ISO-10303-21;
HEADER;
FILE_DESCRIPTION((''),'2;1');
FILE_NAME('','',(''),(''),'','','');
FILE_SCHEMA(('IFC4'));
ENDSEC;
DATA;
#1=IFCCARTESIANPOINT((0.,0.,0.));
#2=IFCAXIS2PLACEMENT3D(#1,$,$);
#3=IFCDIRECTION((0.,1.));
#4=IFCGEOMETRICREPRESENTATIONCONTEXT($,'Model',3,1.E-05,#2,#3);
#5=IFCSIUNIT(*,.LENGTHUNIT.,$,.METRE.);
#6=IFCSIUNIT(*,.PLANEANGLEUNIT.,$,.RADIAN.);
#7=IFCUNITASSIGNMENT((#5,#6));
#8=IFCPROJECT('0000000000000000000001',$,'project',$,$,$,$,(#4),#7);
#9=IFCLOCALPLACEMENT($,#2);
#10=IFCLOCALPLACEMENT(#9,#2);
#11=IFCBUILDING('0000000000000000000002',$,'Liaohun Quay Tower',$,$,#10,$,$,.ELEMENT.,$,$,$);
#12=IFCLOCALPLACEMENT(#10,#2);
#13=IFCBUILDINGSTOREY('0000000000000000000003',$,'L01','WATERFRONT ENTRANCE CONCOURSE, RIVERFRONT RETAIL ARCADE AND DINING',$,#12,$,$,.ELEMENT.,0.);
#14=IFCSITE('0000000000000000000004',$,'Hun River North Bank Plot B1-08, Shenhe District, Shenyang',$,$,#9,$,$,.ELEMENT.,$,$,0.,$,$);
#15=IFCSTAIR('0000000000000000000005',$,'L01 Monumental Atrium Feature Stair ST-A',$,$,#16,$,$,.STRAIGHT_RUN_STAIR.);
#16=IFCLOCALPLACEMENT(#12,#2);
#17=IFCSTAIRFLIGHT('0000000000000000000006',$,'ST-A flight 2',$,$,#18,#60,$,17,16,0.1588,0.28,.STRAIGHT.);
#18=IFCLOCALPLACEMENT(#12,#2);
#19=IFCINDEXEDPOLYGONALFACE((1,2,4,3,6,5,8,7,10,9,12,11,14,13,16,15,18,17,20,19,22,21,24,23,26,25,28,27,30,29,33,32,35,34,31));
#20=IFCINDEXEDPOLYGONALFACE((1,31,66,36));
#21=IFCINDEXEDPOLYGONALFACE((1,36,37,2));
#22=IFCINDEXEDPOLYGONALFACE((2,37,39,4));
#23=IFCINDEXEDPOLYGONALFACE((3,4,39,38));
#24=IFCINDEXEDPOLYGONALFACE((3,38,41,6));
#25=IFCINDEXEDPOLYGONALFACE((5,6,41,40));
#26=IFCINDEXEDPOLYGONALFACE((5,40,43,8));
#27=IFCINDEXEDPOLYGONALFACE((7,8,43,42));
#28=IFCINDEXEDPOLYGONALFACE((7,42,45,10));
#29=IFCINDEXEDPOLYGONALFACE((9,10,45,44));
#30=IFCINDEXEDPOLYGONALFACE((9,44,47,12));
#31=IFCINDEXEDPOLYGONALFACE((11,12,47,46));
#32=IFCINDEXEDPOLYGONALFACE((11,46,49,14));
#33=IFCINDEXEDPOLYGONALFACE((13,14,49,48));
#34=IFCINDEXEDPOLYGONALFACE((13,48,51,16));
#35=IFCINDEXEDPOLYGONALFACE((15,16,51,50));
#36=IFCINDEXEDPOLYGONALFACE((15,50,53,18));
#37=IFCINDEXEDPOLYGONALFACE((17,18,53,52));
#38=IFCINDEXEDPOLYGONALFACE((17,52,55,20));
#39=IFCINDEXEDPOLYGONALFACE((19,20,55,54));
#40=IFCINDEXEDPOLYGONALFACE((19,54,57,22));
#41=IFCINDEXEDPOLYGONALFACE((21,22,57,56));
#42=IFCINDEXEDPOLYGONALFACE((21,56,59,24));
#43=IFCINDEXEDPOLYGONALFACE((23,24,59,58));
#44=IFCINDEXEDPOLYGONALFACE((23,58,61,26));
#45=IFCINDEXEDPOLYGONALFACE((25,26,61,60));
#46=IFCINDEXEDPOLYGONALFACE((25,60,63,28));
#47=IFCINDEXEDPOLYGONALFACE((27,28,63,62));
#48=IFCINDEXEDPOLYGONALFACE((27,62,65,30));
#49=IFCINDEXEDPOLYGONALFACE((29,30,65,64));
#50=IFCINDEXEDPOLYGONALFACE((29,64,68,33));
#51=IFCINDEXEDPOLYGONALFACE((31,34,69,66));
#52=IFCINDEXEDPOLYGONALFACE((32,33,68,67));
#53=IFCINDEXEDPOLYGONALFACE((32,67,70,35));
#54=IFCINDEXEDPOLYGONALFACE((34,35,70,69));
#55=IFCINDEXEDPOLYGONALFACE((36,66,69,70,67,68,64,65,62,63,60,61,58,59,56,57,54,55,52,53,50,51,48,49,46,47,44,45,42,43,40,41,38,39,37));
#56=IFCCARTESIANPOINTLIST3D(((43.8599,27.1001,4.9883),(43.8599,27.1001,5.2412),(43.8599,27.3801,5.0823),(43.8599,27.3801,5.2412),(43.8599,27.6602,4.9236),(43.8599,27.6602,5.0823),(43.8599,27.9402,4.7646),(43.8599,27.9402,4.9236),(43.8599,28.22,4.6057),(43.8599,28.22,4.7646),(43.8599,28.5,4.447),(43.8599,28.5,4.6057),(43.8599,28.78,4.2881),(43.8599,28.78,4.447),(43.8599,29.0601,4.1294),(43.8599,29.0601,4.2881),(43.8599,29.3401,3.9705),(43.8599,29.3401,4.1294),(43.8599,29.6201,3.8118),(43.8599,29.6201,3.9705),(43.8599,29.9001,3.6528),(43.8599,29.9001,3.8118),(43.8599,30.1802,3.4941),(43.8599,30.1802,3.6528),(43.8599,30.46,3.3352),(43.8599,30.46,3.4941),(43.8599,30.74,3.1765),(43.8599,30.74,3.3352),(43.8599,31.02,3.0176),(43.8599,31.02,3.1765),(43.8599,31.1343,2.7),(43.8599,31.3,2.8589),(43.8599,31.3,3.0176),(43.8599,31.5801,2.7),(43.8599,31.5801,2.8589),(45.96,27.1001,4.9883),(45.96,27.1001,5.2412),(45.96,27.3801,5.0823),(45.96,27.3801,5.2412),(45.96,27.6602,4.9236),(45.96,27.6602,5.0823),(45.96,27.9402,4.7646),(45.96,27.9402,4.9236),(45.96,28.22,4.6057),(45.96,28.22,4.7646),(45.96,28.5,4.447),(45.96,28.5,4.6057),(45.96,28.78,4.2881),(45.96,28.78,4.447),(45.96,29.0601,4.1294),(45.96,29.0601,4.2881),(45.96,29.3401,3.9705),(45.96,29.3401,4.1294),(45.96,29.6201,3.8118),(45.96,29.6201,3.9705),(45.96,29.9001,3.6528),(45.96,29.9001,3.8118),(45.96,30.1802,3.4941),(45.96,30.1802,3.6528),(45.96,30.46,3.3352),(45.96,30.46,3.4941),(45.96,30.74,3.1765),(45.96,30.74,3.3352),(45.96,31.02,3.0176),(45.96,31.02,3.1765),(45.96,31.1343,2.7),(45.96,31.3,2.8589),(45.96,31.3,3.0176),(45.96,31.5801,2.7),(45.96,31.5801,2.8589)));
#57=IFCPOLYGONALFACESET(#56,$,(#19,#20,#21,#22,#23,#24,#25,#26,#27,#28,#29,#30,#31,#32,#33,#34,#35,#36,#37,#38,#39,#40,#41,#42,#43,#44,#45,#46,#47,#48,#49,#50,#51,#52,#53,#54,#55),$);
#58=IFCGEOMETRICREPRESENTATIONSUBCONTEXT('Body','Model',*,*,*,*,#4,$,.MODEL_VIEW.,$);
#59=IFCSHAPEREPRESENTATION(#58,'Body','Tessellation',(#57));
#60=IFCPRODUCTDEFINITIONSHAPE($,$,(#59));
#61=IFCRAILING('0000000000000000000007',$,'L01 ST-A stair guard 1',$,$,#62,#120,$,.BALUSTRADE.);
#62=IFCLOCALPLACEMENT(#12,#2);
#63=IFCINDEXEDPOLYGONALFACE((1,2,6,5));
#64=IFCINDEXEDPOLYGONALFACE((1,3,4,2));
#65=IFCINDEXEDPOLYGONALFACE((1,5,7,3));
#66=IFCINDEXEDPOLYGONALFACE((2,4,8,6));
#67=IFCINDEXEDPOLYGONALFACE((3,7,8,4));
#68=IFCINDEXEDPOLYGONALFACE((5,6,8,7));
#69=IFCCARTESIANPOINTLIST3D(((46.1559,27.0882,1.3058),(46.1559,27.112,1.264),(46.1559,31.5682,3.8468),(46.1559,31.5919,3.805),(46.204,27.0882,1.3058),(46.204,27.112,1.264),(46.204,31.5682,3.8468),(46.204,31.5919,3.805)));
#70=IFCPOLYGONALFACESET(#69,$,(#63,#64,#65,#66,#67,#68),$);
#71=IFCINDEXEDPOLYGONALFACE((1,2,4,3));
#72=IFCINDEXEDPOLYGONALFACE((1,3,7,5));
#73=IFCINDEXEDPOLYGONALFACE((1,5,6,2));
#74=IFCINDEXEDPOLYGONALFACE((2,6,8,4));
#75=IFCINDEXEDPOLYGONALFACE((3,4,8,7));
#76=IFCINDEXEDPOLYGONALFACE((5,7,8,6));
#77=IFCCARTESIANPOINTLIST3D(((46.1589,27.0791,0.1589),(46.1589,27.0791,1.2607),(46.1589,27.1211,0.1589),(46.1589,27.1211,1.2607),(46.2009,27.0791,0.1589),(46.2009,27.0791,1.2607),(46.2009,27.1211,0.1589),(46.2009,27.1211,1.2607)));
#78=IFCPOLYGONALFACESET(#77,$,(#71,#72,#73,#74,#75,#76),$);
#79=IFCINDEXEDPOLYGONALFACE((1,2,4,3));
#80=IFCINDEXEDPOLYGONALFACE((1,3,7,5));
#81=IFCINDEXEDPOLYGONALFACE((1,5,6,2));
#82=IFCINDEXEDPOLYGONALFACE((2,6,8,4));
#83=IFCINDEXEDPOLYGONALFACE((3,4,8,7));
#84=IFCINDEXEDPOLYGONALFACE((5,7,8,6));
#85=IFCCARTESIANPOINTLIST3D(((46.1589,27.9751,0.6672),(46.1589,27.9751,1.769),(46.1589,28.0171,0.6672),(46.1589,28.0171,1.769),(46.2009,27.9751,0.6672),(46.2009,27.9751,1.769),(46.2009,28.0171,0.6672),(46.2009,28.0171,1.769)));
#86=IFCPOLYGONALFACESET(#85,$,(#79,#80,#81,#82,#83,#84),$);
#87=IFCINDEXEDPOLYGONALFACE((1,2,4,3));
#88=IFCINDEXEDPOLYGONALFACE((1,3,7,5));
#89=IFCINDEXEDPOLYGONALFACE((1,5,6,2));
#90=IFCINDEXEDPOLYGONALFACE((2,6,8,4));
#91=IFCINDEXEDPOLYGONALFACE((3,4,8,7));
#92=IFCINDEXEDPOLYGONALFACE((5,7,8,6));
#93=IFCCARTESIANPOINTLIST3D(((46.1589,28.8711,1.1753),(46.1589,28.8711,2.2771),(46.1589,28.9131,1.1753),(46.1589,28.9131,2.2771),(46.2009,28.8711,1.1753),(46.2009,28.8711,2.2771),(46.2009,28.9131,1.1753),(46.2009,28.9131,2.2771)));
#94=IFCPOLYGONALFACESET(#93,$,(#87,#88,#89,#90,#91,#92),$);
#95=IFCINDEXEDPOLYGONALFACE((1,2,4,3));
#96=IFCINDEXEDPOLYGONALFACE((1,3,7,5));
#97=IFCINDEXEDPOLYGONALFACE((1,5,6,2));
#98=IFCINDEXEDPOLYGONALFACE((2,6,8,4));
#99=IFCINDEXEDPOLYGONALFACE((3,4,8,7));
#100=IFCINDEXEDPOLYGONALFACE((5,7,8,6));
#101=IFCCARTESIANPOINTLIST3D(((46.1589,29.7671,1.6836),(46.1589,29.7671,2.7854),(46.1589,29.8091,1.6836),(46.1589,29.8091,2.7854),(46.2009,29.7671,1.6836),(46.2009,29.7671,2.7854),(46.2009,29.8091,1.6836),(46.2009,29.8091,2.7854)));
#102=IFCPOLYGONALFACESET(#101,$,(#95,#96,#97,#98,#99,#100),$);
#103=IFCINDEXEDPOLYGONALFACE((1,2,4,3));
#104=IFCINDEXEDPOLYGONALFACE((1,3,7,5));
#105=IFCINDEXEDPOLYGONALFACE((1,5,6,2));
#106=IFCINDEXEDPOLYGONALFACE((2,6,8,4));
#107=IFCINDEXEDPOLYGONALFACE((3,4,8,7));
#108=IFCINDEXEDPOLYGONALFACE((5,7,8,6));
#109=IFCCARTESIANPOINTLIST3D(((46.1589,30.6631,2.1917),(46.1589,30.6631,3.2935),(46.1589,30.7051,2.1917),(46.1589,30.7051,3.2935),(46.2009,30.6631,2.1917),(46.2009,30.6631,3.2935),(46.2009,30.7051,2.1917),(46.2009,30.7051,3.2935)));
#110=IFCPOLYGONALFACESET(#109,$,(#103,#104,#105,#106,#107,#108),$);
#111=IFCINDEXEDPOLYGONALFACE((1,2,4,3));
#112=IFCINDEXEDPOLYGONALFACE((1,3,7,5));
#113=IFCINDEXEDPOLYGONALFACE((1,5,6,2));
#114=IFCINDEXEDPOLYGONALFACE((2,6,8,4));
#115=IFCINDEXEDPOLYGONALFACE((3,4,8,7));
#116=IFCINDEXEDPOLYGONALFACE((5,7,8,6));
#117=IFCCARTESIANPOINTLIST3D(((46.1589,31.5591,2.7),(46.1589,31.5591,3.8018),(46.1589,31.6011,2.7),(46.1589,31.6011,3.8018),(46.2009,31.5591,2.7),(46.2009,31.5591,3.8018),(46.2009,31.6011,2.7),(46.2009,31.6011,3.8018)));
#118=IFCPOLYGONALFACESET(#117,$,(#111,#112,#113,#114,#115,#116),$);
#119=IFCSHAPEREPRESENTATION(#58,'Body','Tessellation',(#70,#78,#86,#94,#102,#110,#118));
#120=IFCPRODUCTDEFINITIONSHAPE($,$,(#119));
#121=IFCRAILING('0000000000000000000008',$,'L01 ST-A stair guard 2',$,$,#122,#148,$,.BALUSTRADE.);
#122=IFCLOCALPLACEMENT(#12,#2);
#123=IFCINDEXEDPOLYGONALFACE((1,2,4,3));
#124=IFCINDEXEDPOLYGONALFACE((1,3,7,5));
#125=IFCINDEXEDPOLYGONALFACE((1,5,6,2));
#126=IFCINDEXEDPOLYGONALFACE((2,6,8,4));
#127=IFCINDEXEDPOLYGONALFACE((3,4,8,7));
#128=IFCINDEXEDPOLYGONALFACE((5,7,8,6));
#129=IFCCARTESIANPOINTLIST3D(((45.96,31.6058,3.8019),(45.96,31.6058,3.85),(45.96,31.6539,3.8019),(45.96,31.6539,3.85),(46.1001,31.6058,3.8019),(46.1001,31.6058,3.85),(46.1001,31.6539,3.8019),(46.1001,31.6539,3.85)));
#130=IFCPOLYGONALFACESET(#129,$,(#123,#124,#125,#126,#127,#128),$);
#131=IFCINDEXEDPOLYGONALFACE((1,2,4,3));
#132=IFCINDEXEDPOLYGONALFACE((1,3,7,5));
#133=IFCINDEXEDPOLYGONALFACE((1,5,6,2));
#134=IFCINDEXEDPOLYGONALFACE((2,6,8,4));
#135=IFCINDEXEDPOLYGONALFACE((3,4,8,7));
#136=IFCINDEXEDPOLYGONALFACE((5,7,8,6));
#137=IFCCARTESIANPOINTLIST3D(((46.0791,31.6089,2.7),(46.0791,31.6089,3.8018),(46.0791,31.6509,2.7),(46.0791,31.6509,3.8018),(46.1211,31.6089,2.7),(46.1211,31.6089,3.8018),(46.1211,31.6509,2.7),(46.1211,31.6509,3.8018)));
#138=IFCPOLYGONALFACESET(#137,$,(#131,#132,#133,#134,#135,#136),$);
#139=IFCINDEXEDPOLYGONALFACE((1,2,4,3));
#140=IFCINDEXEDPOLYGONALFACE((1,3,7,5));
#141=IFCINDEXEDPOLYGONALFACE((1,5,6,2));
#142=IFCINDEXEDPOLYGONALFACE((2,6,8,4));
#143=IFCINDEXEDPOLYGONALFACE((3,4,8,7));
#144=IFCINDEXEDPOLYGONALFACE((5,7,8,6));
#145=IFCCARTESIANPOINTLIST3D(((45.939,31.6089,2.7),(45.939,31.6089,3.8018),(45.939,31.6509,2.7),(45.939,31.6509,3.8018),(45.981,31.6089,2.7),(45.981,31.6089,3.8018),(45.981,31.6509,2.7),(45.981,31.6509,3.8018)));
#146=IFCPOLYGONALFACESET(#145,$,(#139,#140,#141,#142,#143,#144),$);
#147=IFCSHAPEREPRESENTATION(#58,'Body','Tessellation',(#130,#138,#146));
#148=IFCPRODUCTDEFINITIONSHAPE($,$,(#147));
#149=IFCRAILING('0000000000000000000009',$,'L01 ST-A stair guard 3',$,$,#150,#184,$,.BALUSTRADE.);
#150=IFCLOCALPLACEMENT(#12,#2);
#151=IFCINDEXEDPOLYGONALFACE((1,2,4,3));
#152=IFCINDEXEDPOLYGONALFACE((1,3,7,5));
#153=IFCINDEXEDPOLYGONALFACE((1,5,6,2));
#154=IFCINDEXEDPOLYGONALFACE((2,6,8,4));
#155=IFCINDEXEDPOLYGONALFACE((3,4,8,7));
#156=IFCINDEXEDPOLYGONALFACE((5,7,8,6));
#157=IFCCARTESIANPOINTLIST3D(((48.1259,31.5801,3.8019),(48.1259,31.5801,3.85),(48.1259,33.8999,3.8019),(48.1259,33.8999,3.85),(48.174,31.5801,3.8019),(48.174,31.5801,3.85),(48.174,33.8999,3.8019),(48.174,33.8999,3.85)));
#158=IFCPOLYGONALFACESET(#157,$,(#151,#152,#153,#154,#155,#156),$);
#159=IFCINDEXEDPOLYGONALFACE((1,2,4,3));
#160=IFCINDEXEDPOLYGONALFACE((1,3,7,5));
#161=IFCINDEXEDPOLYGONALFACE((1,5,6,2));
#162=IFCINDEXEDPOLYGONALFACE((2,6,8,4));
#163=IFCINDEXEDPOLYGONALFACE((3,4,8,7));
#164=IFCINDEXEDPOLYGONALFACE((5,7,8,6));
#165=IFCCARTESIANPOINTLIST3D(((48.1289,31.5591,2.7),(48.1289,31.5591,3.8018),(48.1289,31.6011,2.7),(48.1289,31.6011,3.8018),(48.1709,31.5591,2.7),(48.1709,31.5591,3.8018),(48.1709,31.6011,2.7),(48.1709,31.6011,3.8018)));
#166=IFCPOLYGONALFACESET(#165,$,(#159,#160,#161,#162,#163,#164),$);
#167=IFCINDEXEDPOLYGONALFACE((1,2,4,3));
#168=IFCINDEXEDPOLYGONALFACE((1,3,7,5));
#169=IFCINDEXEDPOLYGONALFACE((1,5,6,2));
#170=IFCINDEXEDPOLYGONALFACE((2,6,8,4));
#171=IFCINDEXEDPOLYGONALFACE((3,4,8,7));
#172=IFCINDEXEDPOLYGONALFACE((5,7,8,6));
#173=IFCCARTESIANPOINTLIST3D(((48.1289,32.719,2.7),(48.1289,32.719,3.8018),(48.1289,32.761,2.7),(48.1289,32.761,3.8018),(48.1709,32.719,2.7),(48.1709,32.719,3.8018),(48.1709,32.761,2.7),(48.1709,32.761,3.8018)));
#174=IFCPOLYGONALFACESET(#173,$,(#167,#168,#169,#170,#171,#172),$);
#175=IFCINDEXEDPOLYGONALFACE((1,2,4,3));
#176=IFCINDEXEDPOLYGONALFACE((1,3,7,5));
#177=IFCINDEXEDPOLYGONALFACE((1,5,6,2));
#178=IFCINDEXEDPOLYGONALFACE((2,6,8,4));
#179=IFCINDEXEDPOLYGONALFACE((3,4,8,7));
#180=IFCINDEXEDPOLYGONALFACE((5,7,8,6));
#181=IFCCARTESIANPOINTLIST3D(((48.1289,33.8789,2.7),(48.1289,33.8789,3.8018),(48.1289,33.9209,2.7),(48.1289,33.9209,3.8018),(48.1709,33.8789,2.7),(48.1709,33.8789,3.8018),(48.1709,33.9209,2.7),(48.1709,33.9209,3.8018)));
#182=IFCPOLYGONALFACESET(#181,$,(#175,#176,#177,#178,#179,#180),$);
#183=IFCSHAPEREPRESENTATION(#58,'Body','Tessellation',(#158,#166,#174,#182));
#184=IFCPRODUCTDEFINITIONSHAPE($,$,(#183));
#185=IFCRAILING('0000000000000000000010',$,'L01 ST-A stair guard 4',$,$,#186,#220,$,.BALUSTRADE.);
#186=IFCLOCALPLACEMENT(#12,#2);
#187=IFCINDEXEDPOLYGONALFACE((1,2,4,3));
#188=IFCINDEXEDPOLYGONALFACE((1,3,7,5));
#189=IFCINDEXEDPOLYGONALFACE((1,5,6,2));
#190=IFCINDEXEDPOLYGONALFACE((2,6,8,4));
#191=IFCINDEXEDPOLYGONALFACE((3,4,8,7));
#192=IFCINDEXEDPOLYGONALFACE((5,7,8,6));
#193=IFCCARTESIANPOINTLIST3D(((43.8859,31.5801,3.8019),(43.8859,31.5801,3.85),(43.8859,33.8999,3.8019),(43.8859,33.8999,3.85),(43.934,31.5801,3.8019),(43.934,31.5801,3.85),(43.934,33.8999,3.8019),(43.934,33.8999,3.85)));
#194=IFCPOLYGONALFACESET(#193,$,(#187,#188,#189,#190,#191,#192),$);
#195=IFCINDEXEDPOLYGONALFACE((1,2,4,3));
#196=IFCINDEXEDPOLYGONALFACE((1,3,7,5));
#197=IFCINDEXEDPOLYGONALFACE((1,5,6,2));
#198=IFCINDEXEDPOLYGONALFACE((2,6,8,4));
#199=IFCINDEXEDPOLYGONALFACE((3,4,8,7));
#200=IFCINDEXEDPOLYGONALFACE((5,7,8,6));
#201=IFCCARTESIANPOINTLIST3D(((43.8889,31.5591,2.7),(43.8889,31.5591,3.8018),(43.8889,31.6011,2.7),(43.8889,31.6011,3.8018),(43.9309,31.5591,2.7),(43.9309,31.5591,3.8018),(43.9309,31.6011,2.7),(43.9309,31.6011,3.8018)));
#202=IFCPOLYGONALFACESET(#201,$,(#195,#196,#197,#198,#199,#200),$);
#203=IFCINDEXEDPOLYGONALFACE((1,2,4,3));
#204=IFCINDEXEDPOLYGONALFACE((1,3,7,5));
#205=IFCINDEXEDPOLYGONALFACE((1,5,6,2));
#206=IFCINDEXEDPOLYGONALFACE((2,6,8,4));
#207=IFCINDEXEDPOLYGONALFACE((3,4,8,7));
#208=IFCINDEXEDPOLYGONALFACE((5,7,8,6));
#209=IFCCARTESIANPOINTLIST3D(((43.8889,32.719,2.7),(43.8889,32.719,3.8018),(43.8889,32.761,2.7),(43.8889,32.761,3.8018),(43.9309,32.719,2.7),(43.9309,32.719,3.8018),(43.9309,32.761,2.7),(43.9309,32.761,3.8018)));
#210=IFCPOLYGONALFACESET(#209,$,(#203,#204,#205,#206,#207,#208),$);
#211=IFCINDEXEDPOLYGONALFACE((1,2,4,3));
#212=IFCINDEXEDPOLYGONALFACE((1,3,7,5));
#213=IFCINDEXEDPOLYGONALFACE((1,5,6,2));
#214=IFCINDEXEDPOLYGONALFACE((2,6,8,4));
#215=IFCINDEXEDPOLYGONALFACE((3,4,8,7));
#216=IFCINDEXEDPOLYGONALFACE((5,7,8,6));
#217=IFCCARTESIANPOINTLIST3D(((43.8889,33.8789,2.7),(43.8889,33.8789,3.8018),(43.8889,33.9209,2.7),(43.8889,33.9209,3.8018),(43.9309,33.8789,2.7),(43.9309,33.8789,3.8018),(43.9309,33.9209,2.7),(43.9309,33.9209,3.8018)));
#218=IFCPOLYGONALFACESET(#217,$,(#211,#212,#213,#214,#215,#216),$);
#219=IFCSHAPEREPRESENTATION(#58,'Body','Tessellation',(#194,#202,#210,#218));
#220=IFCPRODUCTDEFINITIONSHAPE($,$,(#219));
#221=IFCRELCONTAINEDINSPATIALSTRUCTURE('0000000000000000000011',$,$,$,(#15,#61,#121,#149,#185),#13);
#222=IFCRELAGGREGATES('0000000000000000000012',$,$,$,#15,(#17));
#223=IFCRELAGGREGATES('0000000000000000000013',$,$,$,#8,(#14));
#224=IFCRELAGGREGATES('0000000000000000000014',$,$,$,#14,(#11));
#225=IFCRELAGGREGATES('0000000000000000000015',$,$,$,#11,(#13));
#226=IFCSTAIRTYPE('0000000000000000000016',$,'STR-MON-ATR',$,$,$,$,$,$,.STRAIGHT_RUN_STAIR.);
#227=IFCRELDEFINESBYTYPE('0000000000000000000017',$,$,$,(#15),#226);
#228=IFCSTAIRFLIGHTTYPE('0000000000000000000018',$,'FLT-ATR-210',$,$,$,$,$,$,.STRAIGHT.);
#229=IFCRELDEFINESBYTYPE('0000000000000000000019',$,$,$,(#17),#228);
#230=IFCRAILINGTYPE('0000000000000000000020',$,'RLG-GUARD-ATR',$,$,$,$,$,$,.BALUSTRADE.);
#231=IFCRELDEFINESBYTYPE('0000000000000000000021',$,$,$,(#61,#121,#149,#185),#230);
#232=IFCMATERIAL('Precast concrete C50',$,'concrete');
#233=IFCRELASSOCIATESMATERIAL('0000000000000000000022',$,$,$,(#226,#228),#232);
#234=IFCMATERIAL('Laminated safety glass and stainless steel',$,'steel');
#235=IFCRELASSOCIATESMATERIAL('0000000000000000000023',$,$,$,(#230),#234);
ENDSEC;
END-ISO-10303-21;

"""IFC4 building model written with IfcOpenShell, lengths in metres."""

from ifc_helpers import new_model, si_unit, direction, frame, origin, origin_2d, place, context, subcontext, project, spatial, polyline, rectangle, outline, extrude, material, type_object, element, aggregate, save


model = new_model("IFC4")

# Units and contexts
model_context = context("Model", 3, precision=1e-05, world=origin(), true_north=direction((0.0, 1.0)))
body_context = subcontext(model_context, "Body", "Model", "MODEL_VIEW")
ifc_project = project(units=[si_unit("LENGTHUNIT", "METRE"), si_unit("PLANEANGLEUNIT", "RADIAN")], contexts=[model_context])

# Site, building, storey
site_placement = place(None, origin())
site = spatial("IfcSite", under=ifc_project, at=site_placement, Name="Hun River North Bank Plot B1-08, Shenhe District, Shenyang", CompositionType="ELEMENT", RefElevation=0.0)
building_placement = place(site_placement, origin())
building = spatial("IfcBuilding", under=site, at=building_placement, Name="Liaohun Quay Tower", CompositionType="ELEMENT")
storey_placement = place(building_placement, origin())
storey = spatial("IfcBuildingStorey", under=building, at=storey_placement, Name="L01", Description="WATERFRONT ENTRANCE CONCOURSE, RIVERFRONT RETAIL ARCADE AND DINING", CompositionType="ELEMENT", Elevation=0.0)

# Stair, stair flight
ifc_material_1 = material(Name="Precast concrete C50", Category="concrete")
stair_type = type_object("IfcStairType", Name="STR-MON-ATR", PredefinedType="STRAIGHT_RUN_STAIR", material=ifc_material_1)
stair_placement = place(storey_placement, origin())
stair = element("IfcStair", 1, at=stair_placement, inside=storey, type_object=stair_type, Name="L01 Monumental Atrium Feature Stair ST-A", PredefinedType="STRAIGHT_RUN_STAIR")
stair_flight_type = type_object("IfcStairFlightType", Name="FLT-ATR-210", PredefinedType="STRAIGHT", material=ifc_material_1)
stair_flight_1_placement = place(storey_placement, frame((44.9099, 31.5801, 2.7), z_axis=(0.0, 0.0, 1.0), x_axis=(0.0, -1.0, 0.0)))
stair_flight_1 = element("IfcStairFlight", 2, at=stair_flight_1_placement, type_object=stair_flight_type, Name="ST-A flight 2", NumberOfRisers=17, NumberOfTreads=16, PredefinedType="STRAIGHT", RiserHeight=0.1588, TreadLength=0.28, context=body_context, shape_type="SweptSolid", body=[
    extrude(outline(polyline([(0.0, 0.0), (0.0, 0.1589), (0.28, 0.1589), (0.28, 0.3176), (0.5601, 0.3176), (0.5601, 0.4766), (0.8401, 0.4766), (0.8401, 0.6353), (1.1201, 0.6353), (1.1201, 0.7942), (1.3999, 0.7942), (1.3999, 0.9529), (1.6799, 0.9529), (1.6799, 1.1118), (1.96, 1.1118), (1.96, 1.2705), (2.24, 1.2705), (2.24, 1.4294), (2.52, 1.4294), (2.52, 1.5881), (2.8, 1.5881), (2.8, 1.7471), (3.0801, 1.7471), (3.0801, 1.9058), (3.3601, 1.9058), (3.3601, 2.0647), (3.6399, 2.0647), (3.6399, 2.2236), (3.9199, 2.2236), (3.9199, 2.3823), (4.2, 2.3823), (4.2, 2.5413), (4.48, 2.5413), (4.48, 2.7), (4.48, 2.2883), (0.4458, 0.0), (0.0, 0.0)])), frame((0.0, 1.05, 0.0), z_axis=(0.0, -1.0, 0.0), x_axis=(1.0, 0.0, 0.0)), (0.0, 0.0, 1.0), 2.1001),
])
aggregate(stair, [stair_flight_1])

# Railings
ifc_material_2 = material(Name="Laminated safety glass and stainless steel", Category="steel")
railing_type_1 = type_object("IfcRailingType", Name="RLG-GUARD-ATR", PredefinedType="BALUSTRADE", material=ifc_material_2)
railing_1_placement = place(storey_placement, frame((46.1799, 27.1001, 0.1589)))
element("IfcRailing", 3, at=railing_1_placement, inside=storey, type_object=railing_type_1, Name="L01 ST-A stair guard 1", PredefinedType="BALUSTRADE", context=body_context, shape_type="SweptSolid", body=[
    extrude(rectangle(XDim=0.0481, YDim=0.0481, at=origin_2d()), frame((0.0, 0.0, 1.126), z_axis=(0.0, 0.869826, 0.493359), x_axis=(-1.0, 0.0, 0.0)), (0.0, 0.0, 1.0), 5.1504),
    extrude(rectangle(XDim=0.042, YDim=0.042, at=origin_2d()), origin(), (0.0, 0.0, 1.0), 1.1018),
    extrude(rectangle(XDim=0.042, YDim=0.042, at=origin_2d()), frame((0.0, 0.896, 0.5083)), (0.0, 0.0, 1.0), 1.1018),
    extrude(rectangle(XDim=0.042, YDim=0.042, at=origin_2d()), frame((0.0, 1.792, 1.0164)), (0.0, 0.0, 1.0), 1.1018),
    extrude(rectangle(XDim=0.042, YDim=0.042, at=origin_2d()), frame((0.0, 2.688, 1.5247)), (0.0, 0.0, 1.0), 1.1018),
    extrude(rectangle(XDim=0.042, YDim=0.042, at=origin_2d()), frame((0.0, 3.584, 2.0327)), (0.0, 0.0, 1.0), 1.1018),
    extrude(rectangle(XDim=0.042, YDim=0.042, at=origin_2d()), frame((0.0, 4.48, 2.541)), (0.0, 0.0, 1.0), 1.1018),
])
railing_2_placement = place(storey_placement, frame((46.1001, 31.6299, 2.7)))
element("IfcRailing", 4, at=railing_2_placement, inside=storey, type_object=railing_type_1, Name="L01 ST-A stair guard 2", PredefinedType="BALUSTRADE", context=body_context, shape_type="SweptSolid", body=[
    extrude(rectangle(XDim=0.0481, YDim=0.0481, at=origin_2d()), frame((0.0, 0.0, 1.126), z_axis=(-1.0, 0.0, 0.0), x_axis=(0.0, -1.0, 0.0)), (0.0, 0.0, 1.0), 0.1401),
    extrude(rectangle(XDim=0.042, YDim=0.042, at=origin_2d()), origin(), (0.0, 0.0, 1.0), 1.1018),
    extrude(rectangle(XDim=0.042, YDim=0.042, at=origin_2d()), frame((-0.1401, 0.0, 0.0)), (0.0, 0.0, 1.0), 1.1018),
])
for number, where, name in (
    (5, (48.1499, 31.5801, 2.7), "L01 ST-A stair guard 3"),
    (6, (43.9099, 31.5801, 2.7), "L01 ST-A stair guard 4"),
):
    element("IfcRailing", number, at=place(storey_placement, frame(where)), inside=storey, type_object=railing_type_1, Name=name, PredefinedType="BALUSTRADE", context=body_context, shape_type="SweptSolid", body=[
        extrude(rectangle(XDim=0.0481, YDim=0.0481, at=origin_2d()), frame((0.0, 0.0, 1.126), z_axis=(0.0, 1.0, 0.0), x_axis=(-1.0, 0.0, 0.0)), (0.0, 0.0, 1.0), 2.3198),
        extrude(rectangle(XDim=0.042, YDim=0.042, at=origin_2d()), origin(), (0.0, 0.0, 1.0), 1.1018),
        extrude(rectangle(XDim=0.042, YDim=0.042, at=origin_2d()), frame((0.0, 1.1599, 0.0)), (0.0, 0.0, 1.0), 1.1018),
        extrude(rectangle(XDim=0.042, YDim=0.042, at=origin_2d()), frame((0.0, 2.3198, 0.0)), (0.0, 0.0, 1.0), 1.1018),
    ])

save(model, "model.ifc")
